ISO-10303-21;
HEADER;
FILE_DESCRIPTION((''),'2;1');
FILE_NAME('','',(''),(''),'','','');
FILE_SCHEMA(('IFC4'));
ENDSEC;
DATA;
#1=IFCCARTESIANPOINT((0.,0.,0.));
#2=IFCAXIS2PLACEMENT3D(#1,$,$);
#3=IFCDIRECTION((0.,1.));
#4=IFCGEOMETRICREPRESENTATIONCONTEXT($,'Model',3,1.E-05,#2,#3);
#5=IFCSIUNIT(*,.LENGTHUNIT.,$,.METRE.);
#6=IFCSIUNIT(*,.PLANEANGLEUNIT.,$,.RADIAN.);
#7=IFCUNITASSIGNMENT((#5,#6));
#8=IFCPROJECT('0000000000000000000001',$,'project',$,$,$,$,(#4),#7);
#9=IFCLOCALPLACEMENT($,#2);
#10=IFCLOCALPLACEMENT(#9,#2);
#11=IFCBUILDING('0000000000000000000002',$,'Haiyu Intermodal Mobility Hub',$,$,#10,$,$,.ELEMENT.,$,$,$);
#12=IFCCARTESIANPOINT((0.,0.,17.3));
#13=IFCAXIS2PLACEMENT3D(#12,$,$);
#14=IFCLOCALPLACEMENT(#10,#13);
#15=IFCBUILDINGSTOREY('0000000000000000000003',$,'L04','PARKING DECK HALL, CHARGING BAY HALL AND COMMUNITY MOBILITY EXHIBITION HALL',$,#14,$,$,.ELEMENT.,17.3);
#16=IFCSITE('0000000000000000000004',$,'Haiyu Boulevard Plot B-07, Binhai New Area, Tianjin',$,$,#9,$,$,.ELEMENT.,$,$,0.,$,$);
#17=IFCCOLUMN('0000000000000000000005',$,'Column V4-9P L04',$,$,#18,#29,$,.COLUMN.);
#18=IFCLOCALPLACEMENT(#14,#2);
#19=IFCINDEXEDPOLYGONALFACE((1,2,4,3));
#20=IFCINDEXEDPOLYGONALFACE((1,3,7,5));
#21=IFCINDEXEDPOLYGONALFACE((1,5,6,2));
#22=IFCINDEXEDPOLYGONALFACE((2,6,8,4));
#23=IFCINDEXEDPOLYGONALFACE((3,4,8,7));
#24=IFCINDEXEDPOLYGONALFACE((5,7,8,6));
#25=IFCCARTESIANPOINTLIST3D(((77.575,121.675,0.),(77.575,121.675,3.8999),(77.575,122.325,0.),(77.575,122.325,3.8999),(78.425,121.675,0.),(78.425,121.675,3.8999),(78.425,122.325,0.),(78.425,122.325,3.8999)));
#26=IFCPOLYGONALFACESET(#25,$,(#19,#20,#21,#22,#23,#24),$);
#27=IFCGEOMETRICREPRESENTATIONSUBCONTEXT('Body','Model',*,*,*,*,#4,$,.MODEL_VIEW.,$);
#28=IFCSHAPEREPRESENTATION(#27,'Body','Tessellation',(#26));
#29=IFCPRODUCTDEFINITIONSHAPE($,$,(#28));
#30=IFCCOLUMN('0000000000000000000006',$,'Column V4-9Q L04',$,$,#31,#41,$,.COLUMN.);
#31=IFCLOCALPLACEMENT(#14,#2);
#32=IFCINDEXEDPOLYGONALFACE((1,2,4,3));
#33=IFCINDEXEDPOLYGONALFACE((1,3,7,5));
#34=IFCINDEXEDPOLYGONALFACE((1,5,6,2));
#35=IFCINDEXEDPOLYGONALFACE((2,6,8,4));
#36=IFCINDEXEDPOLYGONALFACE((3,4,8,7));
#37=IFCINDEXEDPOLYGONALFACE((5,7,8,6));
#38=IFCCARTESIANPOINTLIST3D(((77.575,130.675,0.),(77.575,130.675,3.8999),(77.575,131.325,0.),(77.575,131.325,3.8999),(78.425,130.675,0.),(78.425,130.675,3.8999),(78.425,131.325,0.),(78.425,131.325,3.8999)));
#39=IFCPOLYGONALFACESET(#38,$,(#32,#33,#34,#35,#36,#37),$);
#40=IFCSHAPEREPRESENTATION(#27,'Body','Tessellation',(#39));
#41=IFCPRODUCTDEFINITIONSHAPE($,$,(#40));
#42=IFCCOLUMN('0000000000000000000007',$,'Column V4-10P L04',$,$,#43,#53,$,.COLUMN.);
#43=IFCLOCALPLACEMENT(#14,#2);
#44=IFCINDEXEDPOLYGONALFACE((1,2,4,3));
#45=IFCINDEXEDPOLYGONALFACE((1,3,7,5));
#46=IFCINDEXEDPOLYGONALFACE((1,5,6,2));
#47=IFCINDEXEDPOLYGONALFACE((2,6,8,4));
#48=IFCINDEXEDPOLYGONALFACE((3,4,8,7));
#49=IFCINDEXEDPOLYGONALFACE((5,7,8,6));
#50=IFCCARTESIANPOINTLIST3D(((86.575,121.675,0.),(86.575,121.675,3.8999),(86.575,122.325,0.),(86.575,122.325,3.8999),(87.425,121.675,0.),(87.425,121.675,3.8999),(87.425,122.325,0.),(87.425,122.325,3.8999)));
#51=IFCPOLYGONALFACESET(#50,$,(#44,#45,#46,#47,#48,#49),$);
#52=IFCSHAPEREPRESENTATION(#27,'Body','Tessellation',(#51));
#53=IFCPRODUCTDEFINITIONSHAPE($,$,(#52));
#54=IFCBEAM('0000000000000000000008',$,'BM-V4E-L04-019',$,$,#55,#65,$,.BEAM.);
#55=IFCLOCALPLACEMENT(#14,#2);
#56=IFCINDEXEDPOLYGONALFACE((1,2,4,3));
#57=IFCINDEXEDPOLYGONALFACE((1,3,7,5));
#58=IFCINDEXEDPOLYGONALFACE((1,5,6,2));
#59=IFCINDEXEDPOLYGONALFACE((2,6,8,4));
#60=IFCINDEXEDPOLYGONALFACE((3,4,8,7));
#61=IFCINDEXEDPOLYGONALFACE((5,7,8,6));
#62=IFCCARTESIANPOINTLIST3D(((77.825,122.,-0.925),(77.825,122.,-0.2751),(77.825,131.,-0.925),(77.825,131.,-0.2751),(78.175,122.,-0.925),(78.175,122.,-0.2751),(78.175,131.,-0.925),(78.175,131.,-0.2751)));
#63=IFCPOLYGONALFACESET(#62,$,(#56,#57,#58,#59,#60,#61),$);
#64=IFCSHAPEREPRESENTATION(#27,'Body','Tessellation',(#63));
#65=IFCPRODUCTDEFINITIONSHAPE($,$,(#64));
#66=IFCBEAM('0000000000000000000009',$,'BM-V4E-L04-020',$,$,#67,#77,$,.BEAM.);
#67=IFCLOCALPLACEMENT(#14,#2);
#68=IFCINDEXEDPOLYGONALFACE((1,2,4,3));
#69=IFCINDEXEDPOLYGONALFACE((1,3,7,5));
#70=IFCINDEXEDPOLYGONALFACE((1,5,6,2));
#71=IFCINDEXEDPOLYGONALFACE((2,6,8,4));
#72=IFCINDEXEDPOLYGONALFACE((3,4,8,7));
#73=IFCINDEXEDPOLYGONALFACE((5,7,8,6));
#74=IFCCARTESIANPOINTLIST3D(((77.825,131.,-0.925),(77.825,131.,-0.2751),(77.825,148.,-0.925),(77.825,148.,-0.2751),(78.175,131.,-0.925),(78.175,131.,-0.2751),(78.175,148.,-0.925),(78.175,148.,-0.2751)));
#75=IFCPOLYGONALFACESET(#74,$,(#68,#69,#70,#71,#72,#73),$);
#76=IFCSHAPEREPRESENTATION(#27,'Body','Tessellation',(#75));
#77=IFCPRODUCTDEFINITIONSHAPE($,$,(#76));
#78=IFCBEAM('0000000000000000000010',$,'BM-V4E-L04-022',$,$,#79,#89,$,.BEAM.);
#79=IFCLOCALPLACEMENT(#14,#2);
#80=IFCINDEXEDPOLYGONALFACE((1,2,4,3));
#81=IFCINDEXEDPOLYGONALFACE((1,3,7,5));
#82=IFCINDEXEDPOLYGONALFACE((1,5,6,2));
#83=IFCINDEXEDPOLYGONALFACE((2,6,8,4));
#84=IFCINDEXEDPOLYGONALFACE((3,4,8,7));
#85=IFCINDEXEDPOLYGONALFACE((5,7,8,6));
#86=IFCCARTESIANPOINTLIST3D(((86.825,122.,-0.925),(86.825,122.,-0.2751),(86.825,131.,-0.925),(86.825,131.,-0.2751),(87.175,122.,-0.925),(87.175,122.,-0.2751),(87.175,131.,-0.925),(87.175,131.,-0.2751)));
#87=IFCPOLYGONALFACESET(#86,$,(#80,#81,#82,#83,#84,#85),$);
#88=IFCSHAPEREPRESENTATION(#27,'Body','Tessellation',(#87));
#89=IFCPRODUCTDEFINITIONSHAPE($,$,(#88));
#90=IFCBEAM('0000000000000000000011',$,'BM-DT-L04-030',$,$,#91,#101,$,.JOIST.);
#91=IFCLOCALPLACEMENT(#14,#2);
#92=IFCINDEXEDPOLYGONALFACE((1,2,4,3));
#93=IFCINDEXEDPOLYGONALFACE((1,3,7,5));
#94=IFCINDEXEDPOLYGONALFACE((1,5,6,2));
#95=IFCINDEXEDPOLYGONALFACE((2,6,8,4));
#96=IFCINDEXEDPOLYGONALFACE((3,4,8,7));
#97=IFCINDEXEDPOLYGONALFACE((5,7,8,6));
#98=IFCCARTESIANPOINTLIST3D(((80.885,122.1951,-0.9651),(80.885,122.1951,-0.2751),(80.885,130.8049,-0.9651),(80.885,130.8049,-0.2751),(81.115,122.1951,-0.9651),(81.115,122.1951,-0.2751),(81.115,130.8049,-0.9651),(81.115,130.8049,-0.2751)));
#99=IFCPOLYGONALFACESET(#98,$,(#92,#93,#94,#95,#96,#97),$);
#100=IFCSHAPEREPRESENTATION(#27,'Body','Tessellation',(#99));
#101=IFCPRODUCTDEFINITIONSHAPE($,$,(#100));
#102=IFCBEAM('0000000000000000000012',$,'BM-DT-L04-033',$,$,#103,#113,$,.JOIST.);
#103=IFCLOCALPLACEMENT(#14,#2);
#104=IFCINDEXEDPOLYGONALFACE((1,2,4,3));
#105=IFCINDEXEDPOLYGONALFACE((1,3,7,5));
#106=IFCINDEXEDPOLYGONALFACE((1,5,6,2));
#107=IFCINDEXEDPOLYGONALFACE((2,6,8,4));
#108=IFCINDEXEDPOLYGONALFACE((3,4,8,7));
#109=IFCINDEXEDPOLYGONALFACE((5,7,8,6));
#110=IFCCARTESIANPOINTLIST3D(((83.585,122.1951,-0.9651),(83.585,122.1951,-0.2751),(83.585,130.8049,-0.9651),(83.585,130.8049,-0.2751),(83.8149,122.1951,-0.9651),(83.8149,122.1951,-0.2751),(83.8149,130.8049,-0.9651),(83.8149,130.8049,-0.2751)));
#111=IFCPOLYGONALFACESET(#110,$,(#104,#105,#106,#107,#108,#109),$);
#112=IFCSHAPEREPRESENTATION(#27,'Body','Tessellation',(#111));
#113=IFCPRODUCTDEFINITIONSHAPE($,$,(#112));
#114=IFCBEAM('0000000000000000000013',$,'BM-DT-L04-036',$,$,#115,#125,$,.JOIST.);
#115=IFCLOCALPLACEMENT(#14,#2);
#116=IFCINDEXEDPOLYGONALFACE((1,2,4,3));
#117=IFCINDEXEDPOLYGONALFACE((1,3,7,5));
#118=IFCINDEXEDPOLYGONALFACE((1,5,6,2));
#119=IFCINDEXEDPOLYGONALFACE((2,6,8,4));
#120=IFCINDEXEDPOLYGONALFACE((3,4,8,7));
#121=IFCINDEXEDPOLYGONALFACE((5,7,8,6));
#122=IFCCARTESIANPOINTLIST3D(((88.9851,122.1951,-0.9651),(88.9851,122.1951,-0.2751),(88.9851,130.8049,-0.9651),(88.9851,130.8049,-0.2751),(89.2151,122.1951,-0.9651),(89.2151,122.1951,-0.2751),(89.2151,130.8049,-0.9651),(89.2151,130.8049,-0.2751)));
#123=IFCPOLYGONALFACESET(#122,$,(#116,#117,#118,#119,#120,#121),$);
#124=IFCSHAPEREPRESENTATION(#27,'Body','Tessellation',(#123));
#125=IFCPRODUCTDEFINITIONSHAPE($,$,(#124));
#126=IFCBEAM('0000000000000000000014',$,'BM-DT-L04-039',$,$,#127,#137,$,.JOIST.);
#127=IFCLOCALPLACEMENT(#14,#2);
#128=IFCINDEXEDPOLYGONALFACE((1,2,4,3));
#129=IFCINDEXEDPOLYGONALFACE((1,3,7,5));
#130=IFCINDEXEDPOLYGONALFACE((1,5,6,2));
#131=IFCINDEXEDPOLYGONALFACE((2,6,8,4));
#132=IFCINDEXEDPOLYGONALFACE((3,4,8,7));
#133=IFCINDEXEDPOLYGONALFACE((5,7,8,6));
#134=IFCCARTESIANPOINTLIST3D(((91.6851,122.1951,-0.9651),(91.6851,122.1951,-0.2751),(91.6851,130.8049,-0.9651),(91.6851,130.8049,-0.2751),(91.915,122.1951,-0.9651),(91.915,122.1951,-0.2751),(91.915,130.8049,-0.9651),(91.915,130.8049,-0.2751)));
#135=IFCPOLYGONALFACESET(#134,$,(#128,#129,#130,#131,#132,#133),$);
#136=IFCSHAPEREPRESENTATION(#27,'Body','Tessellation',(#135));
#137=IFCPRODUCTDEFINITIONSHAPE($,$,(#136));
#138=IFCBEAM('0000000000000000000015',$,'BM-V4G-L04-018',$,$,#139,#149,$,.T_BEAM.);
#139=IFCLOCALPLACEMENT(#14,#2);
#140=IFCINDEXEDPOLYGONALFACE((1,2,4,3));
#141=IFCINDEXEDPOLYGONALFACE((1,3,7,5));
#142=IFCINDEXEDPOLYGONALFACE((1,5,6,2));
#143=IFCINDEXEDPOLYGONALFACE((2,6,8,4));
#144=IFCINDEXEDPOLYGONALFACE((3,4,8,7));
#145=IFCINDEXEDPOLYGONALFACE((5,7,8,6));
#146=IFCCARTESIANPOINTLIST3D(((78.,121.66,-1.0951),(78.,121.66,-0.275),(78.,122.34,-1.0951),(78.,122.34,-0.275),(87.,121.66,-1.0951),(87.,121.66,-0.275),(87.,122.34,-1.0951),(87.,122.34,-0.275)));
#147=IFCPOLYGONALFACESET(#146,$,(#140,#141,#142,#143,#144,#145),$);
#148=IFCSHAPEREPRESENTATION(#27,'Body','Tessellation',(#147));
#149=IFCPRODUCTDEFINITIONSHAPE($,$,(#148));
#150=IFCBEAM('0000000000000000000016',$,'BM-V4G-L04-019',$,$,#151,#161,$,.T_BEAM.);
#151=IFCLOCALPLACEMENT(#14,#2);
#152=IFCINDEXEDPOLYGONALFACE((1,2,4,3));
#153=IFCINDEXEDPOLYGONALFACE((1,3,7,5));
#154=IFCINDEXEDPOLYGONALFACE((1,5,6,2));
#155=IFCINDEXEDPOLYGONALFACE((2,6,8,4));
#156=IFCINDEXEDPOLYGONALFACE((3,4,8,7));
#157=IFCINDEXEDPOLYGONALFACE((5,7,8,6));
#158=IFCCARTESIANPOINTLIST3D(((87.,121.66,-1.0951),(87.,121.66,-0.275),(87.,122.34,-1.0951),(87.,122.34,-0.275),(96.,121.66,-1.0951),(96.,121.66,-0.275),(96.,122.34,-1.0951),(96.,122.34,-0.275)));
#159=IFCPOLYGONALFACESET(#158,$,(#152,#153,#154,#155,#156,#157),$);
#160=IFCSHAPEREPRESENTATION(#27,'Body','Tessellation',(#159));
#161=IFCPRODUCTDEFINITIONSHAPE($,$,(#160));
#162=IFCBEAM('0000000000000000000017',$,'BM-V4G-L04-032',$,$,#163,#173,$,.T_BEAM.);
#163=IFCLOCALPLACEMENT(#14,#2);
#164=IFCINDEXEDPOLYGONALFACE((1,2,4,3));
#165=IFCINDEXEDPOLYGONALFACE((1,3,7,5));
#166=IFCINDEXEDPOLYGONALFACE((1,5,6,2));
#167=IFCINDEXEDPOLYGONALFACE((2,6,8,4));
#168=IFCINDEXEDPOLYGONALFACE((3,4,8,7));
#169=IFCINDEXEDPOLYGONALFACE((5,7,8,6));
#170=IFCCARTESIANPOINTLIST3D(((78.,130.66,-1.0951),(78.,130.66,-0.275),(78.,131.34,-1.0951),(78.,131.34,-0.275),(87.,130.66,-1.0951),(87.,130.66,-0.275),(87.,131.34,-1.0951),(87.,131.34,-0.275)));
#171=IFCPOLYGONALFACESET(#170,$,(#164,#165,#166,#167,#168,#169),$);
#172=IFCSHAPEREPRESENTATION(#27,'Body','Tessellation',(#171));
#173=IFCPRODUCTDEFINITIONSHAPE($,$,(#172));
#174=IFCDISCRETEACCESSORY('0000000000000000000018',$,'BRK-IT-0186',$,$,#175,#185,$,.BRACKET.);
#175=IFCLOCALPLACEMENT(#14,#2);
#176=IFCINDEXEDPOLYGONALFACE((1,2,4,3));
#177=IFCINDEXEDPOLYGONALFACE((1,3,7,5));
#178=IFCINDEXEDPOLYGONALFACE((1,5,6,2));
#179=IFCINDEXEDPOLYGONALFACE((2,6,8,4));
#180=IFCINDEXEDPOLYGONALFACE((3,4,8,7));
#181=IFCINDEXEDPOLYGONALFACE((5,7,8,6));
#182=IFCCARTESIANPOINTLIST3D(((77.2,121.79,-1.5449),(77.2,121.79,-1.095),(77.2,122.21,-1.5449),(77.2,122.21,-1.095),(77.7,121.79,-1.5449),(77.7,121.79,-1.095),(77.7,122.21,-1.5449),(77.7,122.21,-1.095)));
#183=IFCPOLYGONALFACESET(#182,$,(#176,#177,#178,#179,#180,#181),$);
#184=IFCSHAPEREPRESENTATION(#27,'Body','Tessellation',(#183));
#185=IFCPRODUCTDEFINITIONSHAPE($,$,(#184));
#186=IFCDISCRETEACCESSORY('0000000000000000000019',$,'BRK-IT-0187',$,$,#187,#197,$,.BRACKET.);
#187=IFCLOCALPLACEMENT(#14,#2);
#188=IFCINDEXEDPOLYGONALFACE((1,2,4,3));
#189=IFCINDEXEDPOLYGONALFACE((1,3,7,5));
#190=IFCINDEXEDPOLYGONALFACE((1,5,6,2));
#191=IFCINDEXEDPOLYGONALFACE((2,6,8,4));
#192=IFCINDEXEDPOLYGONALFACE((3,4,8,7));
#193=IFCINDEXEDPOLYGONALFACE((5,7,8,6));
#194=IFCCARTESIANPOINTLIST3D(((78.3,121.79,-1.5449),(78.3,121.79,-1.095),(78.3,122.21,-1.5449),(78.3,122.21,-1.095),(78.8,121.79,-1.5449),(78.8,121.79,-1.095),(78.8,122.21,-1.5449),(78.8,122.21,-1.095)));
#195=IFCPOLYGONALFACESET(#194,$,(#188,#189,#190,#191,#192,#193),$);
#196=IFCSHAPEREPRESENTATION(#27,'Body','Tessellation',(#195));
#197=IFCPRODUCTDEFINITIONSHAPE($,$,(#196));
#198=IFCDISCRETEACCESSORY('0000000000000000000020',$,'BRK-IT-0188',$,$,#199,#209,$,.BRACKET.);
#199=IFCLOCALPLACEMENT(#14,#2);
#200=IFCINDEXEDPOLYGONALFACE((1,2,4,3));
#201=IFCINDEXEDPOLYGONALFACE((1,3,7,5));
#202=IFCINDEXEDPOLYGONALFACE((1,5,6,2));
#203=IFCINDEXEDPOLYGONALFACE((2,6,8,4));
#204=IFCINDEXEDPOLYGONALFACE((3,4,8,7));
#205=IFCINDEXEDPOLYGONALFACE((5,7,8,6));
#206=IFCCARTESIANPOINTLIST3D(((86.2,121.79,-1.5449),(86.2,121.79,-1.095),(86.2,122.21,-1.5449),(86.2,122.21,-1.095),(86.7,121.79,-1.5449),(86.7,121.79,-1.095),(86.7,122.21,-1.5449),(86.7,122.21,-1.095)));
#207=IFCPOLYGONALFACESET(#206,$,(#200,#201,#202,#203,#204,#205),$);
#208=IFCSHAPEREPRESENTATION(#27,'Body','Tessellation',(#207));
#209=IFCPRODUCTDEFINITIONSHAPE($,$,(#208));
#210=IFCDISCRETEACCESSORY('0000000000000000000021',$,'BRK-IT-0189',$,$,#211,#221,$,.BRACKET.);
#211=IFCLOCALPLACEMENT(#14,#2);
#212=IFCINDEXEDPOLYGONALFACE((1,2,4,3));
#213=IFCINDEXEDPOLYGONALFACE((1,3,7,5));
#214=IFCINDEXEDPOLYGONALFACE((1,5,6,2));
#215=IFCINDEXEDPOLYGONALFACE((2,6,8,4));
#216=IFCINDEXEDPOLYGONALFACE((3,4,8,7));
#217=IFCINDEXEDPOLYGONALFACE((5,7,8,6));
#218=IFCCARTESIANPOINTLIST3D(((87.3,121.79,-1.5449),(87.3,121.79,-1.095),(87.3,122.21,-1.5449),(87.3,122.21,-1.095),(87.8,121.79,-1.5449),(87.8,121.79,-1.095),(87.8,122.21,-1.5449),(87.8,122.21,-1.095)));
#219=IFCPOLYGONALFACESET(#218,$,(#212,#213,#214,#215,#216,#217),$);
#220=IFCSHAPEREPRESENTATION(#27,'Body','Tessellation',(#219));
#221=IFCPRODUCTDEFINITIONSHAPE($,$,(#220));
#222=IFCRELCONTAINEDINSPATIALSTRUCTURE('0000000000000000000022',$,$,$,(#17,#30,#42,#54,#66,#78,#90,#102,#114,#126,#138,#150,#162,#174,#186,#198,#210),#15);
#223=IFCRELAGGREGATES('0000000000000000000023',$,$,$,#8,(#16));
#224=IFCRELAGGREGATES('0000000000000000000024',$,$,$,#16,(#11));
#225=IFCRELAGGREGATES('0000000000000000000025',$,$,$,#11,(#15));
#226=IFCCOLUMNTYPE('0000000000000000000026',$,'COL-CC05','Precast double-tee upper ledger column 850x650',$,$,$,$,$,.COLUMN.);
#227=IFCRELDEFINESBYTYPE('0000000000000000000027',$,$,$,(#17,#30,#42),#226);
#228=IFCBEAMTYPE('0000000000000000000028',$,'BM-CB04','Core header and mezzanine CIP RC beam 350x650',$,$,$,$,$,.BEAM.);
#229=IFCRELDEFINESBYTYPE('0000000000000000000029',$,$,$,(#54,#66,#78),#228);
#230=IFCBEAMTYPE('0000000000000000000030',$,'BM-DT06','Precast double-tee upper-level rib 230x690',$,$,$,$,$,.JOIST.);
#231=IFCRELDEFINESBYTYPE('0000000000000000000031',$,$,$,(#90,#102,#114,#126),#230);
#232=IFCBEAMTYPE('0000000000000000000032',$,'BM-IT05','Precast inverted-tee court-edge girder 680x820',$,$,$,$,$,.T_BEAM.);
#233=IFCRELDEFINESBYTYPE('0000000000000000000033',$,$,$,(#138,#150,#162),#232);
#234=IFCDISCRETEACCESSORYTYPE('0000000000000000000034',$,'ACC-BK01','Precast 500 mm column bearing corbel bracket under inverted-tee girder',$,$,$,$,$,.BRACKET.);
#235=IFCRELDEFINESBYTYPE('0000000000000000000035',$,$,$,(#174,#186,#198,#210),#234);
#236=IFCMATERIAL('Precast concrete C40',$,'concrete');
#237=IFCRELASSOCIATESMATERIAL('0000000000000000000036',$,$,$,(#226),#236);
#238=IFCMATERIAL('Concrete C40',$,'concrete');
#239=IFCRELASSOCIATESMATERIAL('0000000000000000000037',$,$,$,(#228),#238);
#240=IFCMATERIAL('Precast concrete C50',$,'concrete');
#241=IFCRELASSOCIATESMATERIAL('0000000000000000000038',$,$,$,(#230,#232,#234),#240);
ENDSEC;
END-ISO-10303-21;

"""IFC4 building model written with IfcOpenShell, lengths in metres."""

from ifc_helpers import new_model, si_unit, direction, frame, origin, origin_2d, place, context, subcontext, project, spatial, rectangle, extrude, material, material_profile, profile_set, type_object, element, save


model = new_model("IFC4")

# Units and contexts
model_context = context("Model", 3, precision=1e-05, world=origin(), true_north=direction((0.0, 1.0)))
body_context = subcontext(model_context, "Body", "Model", "MODEL_VIEW")
ifc_project = project(units=[si_unit("LENGTHUNIT", "METRE"), si_unit("PLANEANGLEUNIT", "RADIAN")], contexts=[model_context])

# Site, building, storey
site_placement = place(None, origin())
site = spatial("IfcSite", under=ifc_project, at=site_placement, Name="Haiyu Boulevard Plot B-07, Binhai New Area, Tianjin", CompositionType="ELEMENT", RefElevation=0.0)
building_placement = place(site_placement, origin())
building = spatial("IfcBuilding", under=site, at=building_placement, Name="Haiyu Intermodal Mobility Hub", CompositionType="ELEMENT")
storey_placement = place(building_placement, frame((0.0, 0.0, 17.3)))
storey = spatial("IfcBuildingStorey", under=building, at=storey_placement, Name="L04", Description="PARKING DECK HALL, CHARGING BAY HALL AND COMMUNITY MOBILITY EXHIBITION HALL", CompositionType="ELEMENT", Elevation=17.3)

# Columns
ifc_material_1 = material(Name="Precast concrete C40", Category="concrete")
ifc_material_profile_1 = material_profile(ifc_material_1, rectangle(XDim=0.8501, YDim=0.6499, at=origin_2d()), Name="RC850x650")
ifc_profile_set_1 = profile_set([ifc_material_profile_1], Name="Precast concrete C40")
column_type = type_object("IfcColumnType", Name="COL-CC05", Description="Precast double-tee upper ledger column 850x650", PredefinedType="COLUMN", material=ifc_profile_set_1)
for number, where, z_axis, x_axis, name in (
    (1, (78.0, 122.0, 0.0), (0.0, 0.0, 1.0), (1.0, 0.0, 0.0), "Column V4-9P L04"),
    (2, (78.0, 131.0, 0.0), (0.0, 0.0, 1.0), (1.0, 0.0, 0.0), "Column V4-9Q L04"),
    (3, (87.0, 122.0, 0.0), (0.0, 0.0, 1.0), (1.0, 0.0, 0.0), "Column V4-10P L04"),
):
    element("IfcColumn", number, at=place(storey_placement, frame(where, z_axis=z_axis, x_axis=x_axis)), inside=storey, type_object=column_type, Name=name, PredefinedType="COLUMN", context=body_context, shape_type="SweptSolid", body=[
        extrude(rectangle(XDim=0.8501, YDim=0.6499, at=origin_2d()), origin(), (0.0, 0.0, 1.0), 3.8999),
    ])

# Beams
ifc_material_2 = material(Name="Concrete C40", Category="concrete")
ifc_material_profile_2 = material_profile(ifc_material_2, rectangle(XDim=0.3501, YDim=0.6499, at=origin_2d()), Name="RCB350x650")
ifc_profile_set_2 = profile_set([ifc_material_profile_2], Name="Concrete C40")
beam_type_1 = type_object("IfcBeamType", Name="BM-CB04", Description="Core header and mezzanine CIP RC beam 350x650", PredefinedType="BEAM", material=ifc_profile_set_2)
beam_1_placement = place(storey_placement, frame((78.0, 122.0, -0.6001), z_axis=(0.0, 1.0, 0.0), x_axis=(-1.0, 0.0, 0.0)))
element("IfcBeam", 4, at=beam_1_placement, inside=storey, type_object=beam_type_1, Name="BM-V4E-L04-019", PredefinedType="BEAM", context=body_context, shape_type="SweptSolid", body=[
    extrude(rectangle(XDim=0.3501, YDim=0.6499, at=origin_2d()), origin(), (0.0, 0.0, 1.0), 9.0),
])
beam_2_placement = place(storey_placement, frame((78.0, 131.0, -0.6001), z_axis=(0.0, 1.0, 0.0), x_axis=(-1.0, 0.0, 0.0)))
element("IfcBeam", 5, at=beam_2_placement, inside=storey, type_object=beam_type_1, Name="BM-V4E-L04-020", PredefinedType="BEAM", context=body_context, shape_type="SweptSolid", body=[
    extrude(rectangle(XDim=0.3501, YDim=0.6499, at=origin_2d()), origin(), (0.0, 0.0, 1.0), 17.0),
])
beam_3_placement = place(storey_placement, frame((87.0, 122.0, -0.6001), z_axis=(0.0, 1.0, 0.0), x_axis=(-1.0, 0.0, 0.0)))
element("IfcBeam", 6, at=beam_3_placement, inside=storey, type_object=beam_type_1, Name="BM-V4E-L04-022", PredefinedType="BEAM", context=body_context, shape_type="SweptSolid", body=[
    extrude(rectangle(XDim=0.3501, YDim=0.6499, at=origin_2d()), origin(), (0.0, 0.0, 1.0), 9.0),
])
ifc_material_3 = material(Name="Precast concrete C50", Category="concrete")
ifc_material_profile_3 = material_profile(ifc_material_3, rectangle(XDim=0.23, YDim=0.6899, at=origin_2d()), Name="B230x690")
ifc_profile_set_3 = profile_set([ifc_material_profile_3], Name="Precast concrete C50")
beam_type_2 = type_object("IfcBeamType", Name="BM-DT06", Description="Precast double-tee upper-level rib 230x690", PredefinedType="JOIST", material=ifc_profile_set_3)
for number, where, z_axis, x_axis, name in (
    (7, (81.0, 122.1951, -0.6201), (0.0, 1.0, 0.0), (-1.0, 0.0, 0.0), "BM-DT-L04-030"),
    (8, (83.7, 122.1951, -0.6201), (0.0, 1.0, 0.0), (-1.0, 0.0, 0.0), "BM-DT-L04-033"),
    (9, (89.1001, 122.1951, -0.6201), (0.0, 1.0, 0.0), (-1.0, 0.0, 0.0), "BM-DT-L04-036"),
    (10, (91.8, 122.1951, -0.6201), (0.0, 1.0, 0.0), (-1.0, 0.0, 0.0), "BM-DT-L04-039"),
):
    element("IfcBeam", number, at=place(storey_placement, frame(where, z_axis=z_axis, x_axis=x_axis)), inside=storey, type_object=beam_type_2, Name=name, PredefinedType="JOIST", context=body_context, shape_type="SweptSolid", body=[
        extrude(rectangle(XDim=0.23, YDim=0.6899, at=origin_2d()), origin(), (0.0, 0.0, 1.0), 8.6099),
    ])
ifc_material_profile_4 = material_profile(ifc_material_3, rectangle(XDim=0.6799, YDim=0.8201, at=origin_2d()), Name="B680x820")
ifc_profile_set_4 = profile_set([ifc_material_profile_4], Name="Precast concrete C50")
beam_type_3 = type_object("IfcBeamType", Name="BM-IT05", Description="Precast inverted-tee court-edge girder 680x820", PredefinedType="T_BEAM", material=ifc_profile_set_4)
for number, where, z_axis, x_axis, name in (
    (11, (78.0, 122.0, -0.6851), (1.0, 0.0, 0.0), (0.0, 1.0, 0.0), "BM-V4G-L04-018"),
    (12, (87.0, 122.0, -0.6851), (1.0, 0.0, 0.0), (0.0, 1.0, 0.0), "BM-V4G-L04-019"),
    (13, (78.0, 131.0, -0.6851), (1.0, 0.0, 0.0), (0.0, 1.0, 0.0), "BM-V4G-L04-032"),
):
    element("IfcBeam", number, at=place(storey_placement, frame(where, z_axis=z_axis, x_axis=x_axis)), inside=storey, type_object=beam_type_3, Name=name, PredefinedType="T_BEAM", context=body_context, shape_type="SweptSolid", body=[
        extrude(rectangle(XDim=0.6799, YDim=0.8201, at=origin_2d()), origin(), (0.0, 0.0, 1.0), 9.0),
    ])

# Discrete accessories
discrete_accessory_type = type_object("IfcDiscreteAccessoryType", Name="ACC-BK01", Description="Precast 500 mm column bearing corbel bracket under inverted-tee girder", PredefinedType="BRACKET", material=ifc_material_3)
for number, where, z_axis, x_axis, name in (
    (14, (77.45, 122.0, -1.5449), (0.0, 0.0, 1.0), (1.0, 0.0, 0.0), "BRK-IT-0186"),
    (15, (78.55, 122.0, -1.5449), (0.0, 0.0, 1.0), (1.0, 0.0, 0.0), "BRK-IT-0187"),
    (16, (86.45, 122.0, -1.5449), (0.0, 0.0, 1.0), (1.0, 0.0, 0.0), "BRK-IT-0188"),
    (17, (87.55, 122.0, -1.5449), (0.0, 0.0, 1.0), (1.0, 0.0, 0.0), "BRK-IT-0189"),
):
    element("IfcDiscreteAccessory", number, at=place(storey_placement, frame(where, z_axis=z_axis, x_axis=x_axis)), inside=storey, type_object=discrete_accessory_type, Name=name, PredefinedType="BRACKET", context=body_context, shape_type="SweptSolid", body=[
        extrude(rectangle(XDim=0.5, YDim=0.4199, at=origin_2d()), origin(), (0.0, 0.0, 1.0), 0.45),
    ])

save(model, "model.ifc")
